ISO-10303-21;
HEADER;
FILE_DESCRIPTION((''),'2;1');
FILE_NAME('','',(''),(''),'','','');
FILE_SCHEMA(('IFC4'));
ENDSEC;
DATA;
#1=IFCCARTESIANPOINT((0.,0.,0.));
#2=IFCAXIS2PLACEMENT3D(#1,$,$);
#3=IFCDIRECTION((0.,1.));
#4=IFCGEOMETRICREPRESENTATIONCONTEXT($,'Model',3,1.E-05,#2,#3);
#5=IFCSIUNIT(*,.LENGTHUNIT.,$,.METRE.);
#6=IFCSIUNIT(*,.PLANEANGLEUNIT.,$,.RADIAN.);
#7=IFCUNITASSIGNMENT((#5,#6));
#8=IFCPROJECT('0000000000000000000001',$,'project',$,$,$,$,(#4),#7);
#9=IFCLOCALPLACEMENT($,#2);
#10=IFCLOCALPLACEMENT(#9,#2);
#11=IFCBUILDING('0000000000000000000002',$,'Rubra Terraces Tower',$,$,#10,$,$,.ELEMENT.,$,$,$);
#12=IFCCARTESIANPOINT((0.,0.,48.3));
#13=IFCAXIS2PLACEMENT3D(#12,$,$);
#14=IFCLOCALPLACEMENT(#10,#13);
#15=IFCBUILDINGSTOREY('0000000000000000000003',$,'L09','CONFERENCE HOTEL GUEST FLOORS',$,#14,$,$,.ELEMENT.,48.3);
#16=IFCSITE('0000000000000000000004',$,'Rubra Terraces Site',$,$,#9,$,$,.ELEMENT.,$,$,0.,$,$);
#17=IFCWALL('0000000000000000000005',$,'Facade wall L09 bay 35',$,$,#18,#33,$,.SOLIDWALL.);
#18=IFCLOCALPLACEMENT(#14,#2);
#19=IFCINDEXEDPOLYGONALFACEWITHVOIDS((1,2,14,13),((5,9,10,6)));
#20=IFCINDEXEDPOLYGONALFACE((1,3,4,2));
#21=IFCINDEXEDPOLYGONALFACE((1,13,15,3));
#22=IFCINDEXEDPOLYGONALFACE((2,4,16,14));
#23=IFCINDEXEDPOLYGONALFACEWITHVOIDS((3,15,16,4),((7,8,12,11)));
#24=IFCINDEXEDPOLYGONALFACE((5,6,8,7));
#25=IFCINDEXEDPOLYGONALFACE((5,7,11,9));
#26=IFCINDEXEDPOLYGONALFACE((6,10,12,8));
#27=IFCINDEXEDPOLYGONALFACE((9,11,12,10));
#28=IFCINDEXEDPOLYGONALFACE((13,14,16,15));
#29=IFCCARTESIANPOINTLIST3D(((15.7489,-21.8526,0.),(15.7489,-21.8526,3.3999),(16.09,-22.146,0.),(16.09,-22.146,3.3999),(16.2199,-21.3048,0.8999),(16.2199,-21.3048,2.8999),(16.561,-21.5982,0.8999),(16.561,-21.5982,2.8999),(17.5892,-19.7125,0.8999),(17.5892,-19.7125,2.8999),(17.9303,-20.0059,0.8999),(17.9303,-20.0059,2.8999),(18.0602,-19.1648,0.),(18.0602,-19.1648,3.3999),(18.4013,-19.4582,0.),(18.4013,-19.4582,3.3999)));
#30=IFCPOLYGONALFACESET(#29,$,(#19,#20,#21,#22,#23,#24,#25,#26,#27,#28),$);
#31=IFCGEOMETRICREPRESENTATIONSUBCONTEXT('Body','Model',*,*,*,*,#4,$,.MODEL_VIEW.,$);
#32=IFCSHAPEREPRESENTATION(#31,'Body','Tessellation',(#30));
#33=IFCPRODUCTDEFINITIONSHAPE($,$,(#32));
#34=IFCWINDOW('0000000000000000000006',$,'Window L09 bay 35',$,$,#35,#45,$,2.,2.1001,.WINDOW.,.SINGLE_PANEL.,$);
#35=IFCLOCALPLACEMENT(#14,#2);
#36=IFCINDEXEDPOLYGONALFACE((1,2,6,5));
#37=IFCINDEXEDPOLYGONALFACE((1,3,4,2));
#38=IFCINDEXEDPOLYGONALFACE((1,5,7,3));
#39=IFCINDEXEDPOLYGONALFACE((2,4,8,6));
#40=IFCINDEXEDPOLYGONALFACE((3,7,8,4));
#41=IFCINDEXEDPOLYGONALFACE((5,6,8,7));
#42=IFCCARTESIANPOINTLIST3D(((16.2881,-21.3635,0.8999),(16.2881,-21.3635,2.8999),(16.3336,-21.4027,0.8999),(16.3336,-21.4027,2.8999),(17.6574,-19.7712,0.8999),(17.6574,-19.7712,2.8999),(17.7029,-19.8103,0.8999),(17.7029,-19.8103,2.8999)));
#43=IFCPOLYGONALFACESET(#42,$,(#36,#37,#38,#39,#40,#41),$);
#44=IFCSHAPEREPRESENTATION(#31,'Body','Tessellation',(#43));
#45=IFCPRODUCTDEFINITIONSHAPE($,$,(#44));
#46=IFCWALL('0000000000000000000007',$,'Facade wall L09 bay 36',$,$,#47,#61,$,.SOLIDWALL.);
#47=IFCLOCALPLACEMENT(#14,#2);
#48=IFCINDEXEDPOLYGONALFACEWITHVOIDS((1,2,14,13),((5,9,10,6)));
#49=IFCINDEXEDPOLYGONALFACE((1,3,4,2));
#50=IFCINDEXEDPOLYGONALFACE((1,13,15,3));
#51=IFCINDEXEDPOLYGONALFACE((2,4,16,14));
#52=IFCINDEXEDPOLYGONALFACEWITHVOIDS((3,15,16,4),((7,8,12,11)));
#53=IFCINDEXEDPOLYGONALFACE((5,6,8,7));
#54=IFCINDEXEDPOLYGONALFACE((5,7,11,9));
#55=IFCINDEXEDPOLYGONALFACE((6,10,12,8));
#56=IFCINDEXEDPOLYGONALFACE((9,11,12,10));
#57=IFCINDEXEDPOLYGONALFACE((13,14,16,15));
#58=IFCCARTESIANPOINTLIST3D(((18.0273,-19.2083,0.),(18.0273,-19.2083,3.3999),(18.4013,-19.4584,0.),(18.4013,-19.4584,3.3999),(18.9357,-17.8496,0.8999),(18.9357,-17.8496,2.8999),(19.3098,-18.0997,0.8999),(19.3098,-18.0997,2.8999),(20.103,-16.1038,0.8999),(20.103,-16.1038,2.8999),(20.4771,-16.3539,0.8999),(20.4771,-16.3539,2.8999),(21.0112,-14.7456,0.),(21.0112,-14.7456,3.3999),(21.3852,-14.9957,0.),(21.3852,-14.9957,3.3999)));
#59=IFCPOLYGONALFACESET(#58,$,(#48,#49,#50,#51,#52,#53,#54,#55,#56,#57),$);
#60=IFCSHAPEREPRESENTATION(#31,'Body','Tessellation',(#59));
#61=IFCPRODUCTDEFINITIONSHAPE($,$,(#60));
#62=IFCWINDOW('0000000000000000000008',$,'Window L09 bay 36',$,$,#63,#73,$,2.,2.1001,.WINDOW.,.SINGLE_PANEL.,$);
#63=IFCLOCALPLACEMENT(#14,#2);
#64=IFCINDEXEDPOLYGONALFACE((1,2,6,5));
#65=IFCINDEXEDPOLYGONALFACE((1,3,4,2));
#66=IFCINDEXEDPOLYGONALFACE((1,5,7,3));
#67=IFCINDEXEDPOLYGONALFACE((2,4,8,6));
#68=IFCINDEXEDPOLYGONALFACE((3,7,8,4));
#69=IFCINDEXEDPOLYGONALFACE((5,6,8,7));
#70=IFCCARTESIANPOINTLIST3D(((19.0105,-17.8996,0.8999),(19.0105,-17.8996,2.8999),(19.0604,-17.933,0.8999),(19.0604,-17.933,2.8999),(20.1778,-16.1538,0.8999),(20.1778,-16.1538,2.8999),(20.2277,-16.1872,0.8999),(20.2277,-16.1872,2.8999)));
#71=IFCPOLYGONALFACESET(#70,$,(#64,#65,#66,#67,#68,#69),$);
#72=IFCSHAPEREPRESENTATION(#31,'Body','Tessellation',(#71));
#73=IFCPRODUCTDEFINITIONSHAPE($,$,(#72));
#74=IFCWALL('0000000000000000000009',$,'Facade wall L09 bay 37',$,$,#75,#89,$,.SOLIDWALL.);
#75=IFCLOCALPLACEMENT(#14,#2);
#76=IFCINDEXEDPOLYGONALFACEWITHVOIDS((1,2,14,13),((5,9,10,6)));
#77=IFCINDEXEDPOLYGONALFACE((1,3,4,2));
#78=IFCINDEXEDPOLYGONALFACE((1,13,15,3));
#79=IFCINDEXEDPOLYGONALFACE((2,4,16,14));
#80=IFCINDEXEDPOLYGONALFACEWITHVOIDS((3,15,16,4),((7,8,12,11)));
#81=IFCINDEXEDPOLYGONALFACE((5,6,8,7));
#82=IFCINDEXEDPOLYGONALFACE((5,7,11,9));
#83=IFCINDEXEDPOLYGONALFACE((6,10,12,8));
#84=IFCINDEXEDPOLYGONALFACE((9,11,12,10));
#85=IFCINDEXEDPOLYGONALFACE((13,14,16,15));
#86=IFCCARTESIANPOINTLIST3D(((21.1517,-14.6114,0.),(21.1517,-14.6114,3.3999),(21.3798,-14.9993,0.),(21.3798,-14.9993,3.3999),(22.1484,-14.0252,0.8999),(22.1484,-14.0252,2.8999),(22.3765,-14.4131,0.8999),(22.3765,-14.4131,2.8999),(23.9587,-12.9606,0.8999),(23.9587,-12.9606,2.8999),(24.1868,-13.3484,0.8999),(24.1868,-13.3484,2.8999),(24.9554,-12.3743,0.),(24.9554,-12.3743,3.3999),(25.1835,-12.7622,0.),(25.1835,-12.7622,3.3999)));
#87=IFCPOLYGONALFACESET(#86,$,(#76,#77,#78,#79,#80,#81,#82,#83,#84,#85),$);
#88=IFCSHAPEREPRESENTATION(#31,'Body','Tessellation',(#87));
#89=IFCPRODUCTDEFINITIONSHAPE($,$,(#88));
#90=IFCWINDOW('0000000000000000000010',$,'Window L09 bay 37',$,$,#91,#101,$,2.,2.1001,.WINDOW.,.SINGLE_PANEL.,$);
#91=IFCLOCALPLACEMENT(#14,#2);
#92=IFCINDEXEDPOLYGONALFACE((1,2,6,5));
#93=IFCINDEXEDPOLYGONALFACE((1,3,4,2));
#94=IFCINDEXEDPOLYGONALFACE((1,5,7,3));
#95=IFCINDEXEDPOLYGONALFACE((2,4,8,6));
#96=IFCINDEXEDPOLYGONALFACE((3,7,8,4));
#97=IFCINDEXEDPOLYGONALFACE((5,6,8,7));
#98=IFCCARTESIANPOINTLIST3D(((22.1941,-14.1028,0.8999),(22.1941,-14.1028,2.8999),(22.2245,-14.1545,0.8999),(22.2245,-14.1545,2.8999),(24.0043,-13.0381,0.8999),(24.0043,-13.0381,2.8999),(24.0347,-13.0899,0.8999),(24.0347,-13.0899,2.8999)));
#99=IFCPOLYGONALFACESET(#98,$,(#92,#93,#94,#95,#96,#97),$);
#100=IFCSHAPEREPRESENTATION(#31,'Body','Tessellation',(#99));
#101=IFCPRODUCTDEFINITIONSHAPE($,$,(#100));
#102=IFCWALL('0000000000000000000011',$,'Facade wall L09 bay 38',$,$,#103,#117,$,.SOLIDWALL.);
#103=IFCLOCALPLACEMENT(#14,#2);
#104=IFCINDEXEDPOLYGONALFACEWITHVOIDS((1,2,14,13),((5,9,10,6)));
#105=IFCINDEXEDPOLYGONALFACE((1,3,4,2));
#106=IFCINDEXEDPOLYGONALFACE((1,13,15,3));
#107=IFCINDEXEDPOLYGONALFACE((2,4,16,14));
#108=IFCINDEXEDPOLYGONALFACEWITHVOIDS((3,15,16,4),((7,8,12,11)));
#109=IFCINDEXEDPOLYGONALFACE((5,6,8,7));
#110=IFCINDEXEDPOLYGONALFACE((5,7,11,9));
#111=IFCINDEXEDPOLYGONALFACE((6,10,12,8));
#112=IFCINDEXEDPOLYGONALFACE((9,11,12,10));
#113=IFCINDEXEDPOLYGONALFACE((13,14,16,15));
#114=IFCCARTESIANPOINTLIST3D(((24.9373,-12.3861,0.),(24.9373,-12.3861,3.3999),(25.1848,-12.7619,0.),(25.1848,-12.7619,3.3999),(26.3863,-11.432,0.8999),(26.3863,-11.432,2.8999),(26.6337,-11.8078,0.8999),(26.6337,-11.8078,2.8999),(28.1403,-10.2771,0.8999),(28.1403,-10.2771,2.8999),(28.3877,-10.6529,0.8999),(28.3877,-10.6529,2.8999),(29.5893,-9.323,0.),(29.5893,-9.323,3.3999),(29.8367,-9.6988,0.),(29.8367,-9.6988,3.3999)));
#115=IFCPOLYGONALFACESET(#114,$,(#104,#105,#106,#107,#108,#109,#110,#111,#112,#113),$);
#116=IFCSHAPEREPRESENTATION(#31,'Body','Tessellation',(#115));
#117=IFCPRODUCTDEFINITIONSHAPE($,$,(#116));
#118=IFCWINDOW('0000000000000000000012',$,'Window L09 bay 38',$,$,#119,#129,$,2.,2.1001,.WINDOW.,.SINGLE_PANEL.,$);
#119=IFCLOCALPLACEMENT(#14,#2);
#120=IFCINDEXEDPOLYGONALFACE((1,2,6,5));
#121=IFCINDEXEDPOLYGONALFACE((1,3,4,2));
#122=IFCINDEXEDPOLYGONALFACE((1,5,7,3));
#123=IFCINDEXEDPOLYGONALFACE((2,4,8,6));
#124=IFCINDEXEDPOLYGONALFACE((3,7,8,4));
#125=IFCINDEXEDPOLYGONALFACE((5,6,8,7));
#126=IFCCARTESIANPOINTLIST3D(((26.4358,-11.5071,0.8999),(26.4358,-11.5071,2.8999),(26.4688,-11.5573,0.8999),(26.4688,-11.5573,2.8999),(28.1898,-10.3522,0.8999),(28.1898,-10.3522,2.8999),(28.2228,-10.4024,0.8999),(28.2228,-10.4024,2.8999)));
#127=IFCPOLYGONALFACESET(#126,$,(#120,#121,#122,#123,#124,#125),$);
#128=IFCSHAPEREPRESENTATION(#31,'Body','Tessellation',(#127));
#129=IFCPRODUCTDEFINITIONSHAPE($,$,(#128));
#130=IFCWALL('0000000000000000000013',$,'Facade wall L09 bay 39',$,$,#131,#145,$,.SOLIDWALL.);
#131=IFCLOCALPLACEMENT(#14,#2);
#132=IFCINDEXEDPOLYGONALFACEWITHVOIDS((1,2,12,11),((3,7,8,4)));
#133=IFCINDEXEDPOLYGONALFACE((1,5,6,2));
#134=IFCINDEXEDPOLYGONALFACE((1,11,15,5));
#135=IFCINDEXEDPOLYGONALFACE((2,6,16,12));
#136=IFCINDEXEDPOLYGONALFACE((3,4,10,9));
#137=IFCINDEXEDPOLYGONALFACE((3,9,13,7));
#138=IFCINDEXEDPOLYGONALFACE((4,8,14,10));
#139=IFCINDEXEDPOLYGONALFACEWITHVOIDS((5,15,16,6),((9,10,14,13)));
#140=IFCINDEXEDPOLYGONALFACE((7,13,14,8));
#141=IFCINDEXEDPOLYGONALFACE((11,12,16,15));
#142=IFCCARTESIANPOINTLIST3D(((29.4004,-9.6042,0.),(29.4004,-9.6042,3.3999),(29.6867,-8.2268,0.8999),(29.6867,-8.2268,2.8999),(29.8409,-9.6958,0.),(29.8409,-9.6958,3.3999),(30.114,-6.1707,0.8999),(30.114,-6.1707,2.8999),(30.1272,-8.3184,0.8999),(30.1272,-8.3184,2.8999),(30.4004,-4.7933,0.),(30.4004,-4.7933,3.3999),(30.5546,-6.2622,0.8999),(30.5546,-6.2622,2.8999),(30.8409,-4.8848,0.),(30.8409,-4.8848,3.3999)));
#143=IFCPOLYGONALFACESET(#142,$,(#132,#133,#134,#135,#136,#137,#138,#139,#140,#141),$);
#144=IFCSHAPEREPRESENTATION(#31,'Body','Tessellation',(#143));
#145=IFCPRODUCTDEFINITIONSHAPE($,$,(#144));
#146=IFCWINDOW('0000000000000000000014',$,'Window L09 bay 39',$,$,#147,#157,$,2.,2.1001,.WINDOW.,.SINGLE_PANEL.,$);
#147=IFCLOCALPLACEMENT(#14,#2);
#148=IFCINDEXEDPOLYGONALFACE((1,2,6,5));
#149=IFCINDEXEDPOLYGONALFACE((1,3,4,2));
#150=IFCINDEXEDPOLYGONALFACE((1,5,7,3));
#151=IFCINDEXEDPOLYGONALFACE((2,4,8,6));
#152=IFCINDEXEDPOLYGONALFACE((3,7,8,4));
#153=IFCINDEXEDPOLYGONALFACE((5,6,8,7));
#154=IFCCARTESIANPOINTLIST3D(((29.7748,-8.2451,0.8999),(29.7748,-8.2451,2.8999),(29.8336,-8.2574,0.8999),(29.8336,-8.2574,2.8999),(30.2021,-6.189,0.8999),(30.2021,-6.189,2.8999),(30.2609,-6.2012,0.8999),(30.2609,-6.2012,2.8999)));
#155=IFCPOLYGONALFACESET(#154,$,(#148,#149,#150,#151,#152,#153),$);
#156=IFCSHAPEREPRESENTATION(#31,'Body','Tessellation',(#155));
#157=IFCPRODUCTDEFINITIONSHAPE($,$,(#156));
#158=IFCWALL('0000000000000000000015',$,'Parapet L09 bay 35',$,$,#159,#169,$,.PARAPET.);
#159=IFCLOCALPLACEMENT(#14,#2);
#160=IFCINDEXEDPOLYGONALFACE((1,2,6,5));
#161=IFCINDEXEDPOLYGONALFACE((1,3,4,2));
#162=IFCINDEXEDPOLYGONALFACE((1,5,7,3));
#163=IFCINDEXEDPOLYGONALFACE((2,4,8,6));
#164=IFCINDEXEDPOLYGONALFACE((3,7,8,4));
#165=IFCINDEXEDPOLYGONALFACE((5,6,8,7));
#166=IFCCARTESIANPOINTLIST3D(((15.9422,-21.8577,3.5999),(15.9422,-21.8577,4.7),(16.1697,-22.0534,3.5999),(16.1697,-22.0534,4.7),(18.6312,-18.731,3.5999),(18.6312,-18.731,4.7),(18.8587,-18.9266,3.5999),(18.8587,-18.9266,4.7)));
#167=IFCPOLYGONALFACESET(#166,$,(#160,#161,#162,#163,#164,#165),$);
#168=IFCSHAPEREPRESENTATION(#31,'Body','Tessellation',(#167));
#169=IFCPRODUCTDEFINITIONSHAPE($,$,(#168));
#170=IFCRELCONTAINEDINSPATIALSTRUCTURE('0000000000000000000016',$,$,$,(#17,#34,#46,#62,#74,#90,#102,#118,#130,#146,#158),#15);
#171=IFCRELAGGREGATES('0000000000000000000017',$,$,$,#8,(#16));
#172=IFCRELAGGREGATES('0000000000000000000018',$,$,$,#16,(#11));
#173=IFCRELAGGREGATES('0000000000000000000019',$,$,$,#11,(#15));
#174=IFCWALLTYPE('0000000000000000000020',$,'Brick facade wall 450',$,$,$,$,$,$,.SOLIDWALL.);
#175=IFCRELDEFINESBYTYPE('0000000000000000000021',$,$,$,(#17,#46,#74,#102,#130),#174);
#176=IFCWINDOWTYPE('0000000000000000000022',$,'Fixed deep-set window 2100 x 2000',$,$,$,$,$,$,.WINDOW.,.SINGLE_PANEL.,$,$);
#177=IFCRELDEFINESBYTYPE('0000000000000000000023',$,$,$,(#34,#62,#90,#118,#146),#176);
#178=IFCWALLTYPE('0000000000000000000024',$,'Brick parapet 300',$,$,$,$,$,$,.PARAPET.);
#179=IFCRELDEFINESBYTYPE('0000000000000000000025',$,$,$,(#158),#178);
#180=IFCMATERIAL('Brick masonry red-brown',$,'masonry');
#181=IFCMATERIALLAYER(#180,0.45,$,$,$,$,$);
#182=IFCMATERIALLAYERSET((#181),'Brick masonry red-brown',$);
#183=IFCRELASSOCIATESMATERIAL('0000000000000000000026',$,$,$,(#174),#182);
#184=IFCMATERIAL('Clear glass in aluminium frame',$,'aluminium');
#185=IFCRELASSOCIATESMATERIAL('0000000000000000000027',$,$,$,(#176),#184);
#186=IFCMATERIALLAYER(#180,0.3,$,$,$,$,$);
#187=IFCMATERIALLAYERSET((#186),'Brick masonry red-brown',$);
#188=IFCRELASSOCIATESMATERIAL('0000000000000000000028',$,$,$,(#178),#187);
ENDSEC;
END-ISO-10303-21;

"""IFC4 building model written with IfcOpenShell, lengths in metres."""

from ifc_helpers import new_model, si_unit, direction, frame, frame_2d, origin, place, context, subcontext, project, spatial, rectangle, extrude, material, layer, layer_set, type_object, element, fill, save


model = new_model("IFC4")

# Units and contexts
model_context = context("Model", 3, precision=1e-05, world=origin(), true_north=direction((0.0, 1.0)))
body_context = subcontext(model_context, "Body", "Model", "MODEL_VIEW")
ifc_project = project(units=[si_unit("LENGTHUNIT", "METRE"), si_unit("PLANEANGLEUNIT", "RADIAN")], contexts=[model_context])

# Site, building, storey
site_placement = place(None, origin())
site = spatial("IfcSite", under=ifc_project, at=site_placement, Name="Rubra Terraces Site", CompositionType="ELEMENT", RefElevation=0.0)
building_placement = place(site_placement, origin())
building = spatial("IfcBuilding", under=site, at=building_placement, Name="Rubra Terraces Tower", CompositionType="ELEMENT")
storey_placement = place(building_placement, frame((0.0, 0.0, 48.3)))
storey = spatial("IfcBuildingStorey", under=building, at=storey_placement, Name="L09", Description="CONFERENCE HOTEL GUEST FLOORS", CompositionType="ELEMENT", Elevation=48.3)

# Shared definitions
ifc_material_1 = material(Name="Brick masonry red-brown", Category="masonry")

# Walls, openings, windows
ifc_layer_1 = layer(ifc_material_1, 0.45)
ifc_layer_set_1 = layer_set([ifc_layer_1], Name="Brick masonry red-brown")
wall_type_1 = type_object("IfcWallType", Name="Brick facade wall 450", PredefinedType="SOLIDWALL", material=ifc_layer_set_1)
wall_1_placement = place(storey_placement, frame((15.9194, -21.9993, 0.0), z_axis=(0.0, 0.0, 1.0), x_axis=(0.65201, 0.75821, 0.0)))
wall_1 = element("IfcWall", 1, at=wall_1_placement, inside=storey, type_object=wall_type_1, Name="Facade wall L09 bay 35", PredefinedType="SOLIDWALL", context=body_context, shape_type="SweptSolid", body=[
    extrude(rectangle(XDim=3.5449, YDim=0.45, at=frame_2d((1.7725, 0.0))), origin(), (0.0, 0.0, 1.0), 3.3999),
])
opening_1_placement = place(wall_1_placement, frame((0.7224, 0.0, 0.8999)))
opening_1 = element("IfcOpeningElement", 2, at=opening_1_placement, cuts=wall_1, PredefinedType="OPENING", context=body_context, shape_type="SweptSolid", body=[
    extrude(rectangle(XDim=2.1001, YDim=2.0, at=frame_2d((1.05, 1.0))), frame((0.0, 0.2349, 0.0), z_axis=(0.0, -1.0, 0.0), x_axis=(1.0, 0.0, 0.0)), (0.0, 0.0, 1.0), 0.47),
])
ifc_material_2 = material(Name="Clear glass in aluminium frame", Category="aluminium")
window_type = type_object("IfcWindowType", Name="Fixed deep-set window 2100 x 2000", PartitioningType="SINGLE_PANEL", PredefinedType="WINDOW", material=ifc_material_2)
window_1_placement = place(opening_1_placement, origin())
window_1 = element("IfcWindow", 3, at=window_1_placement, inside=storey, type_object=window_type, Name="Window L09 bay 35", OverallHeight=2.0, OverallWidth=2.1001, PartitioningType="SINGLE_PANEL", PredefinedType="WINDOW", context=body_context, shape_type="SweptSolid", body=[
    extrude(rectangle(XDim=2.1001, YDim=2.0, at=frame_2d((1.05, 1.0))), frame((0.0, 0.135, 0.0), z_axis=(0.0, -1.0, 0.0), x_axis=(1.0, 0.0, 0.0)), (0.0, 0.0, 1.0), 0.0601),
])
fill(opening_1, window_1)
wall_2_placement = place(storey_placement, frame((18.2144, -19.3333, 0.0), z_axis=(0.0, 0.0, 1.0), x_axis=(0.555833, 0.831294, 0.0)))
wall_2 = element("IfcWall", 4, at=wall_2_placement, inside=storey, type_object=wall_type_1, Name="Facade wall L09 bay 36", PredefinedType="SOLIDWALL", context=body_context, shape_type="SweptSolid", body=[
    extrude(rectangle(XDim=5.3684, YDim=0.45, at=frame_2d((2.6841, 0.0))), origin(), (0.0, 0.0, 1.0), 3.3999),
])
opening_2_placement = place(wall_2_placement, frame((1.6343, 0.0, 0.8999)))
opening_2 = element("IfcOpeningElement", 5, at=opening_2_placement, cuts=wall_2, PredefinedType="OPENING", context=body_context, shape_type="SweptSolid", body=[
    extrude(rectangle(XDim=2.1001, YDim=2.0, at=frame_2d((1.05, 1.0))), frame((0.0, 0.2349, 0.0), z_axis=(0.0, -1.0, 0.0), x_axis=(1.0, 0.0, 0.0)), (0.0, 0.0, 1.0), 0.47),
])
window_2_placement = place(opening_2_placement, origin())
window_2 = element("IfcWindow", 6, at=window_2_placement, inside=storey, type_object=window_type, Name="Window L09 bay 36", OverallHeight=2.0, OverallWidth=2.1001, PartitioningType="SINGLE_PANEL", PredefinedType="WINDOW", context=body_context, shape_type="SweptSolid", body=[
    extrude(rectangle(XDim=2.1001, YDim=2.0, at=frame_2d((1.05, 1.0))), frame((0.0, 0.135, 0.0), z_axis=(0.0, -1.0, 0.0), x_axis=(1.0, 0.0, 0.0)), (0.0, 0.0, 1.0), 0.0601),
])
fill(opening_2, window_2)
wall_3_placement = place(storey_placement, frame((21.2656, -14.8054, 0.0), z_axis=(0.0, 0.0, 1.0), x_axis=(0.861975, 0.50695, 0.0)))
wall_3 = element("IfcWall", 7, at=wall_3_placement, inside=storey, type_object=wall_type_1, Name="Facade wall L09 bay 37", PredefinedType="SOLIDWALL", context=body_context, shape_type="SweptSolid", body=[
    extrude(rectangle(XDim=4.4128, YDim=0.45, at=frame_2d((2.2065, 0.0))), origin(), (0.0, 0.0, 1.0), 3.3999),
])
opening_3_placement = place(wall_3_placement, frame((1.1565, 0.0, 0.8999)))
opening_3 = element("IfcOpeningElement", 8, at=opening_3_placement, cuts=wall_3, PredefinedType="OPENING", context=body_context, shape_type="SweptSolid", body=[
    extrude(rectangle(XDim=2.1001, YDim=2.0, at=frame_2d((1.05, 1.0))), frame((0.0, 0.2349, 0.0), z_axis=(0.0, -1.0, 0.0), x_axis=(1.0, 0.0, 0.0)), (0.0, 0.0, 1.0), 0.47),
])
window_3_placement = place(opening_3_placement, origin())
window_3 = element("IfcWindow", 9, at=window_3_placement, inside=storey, type_object=window_type, Name="Window L09 bay 37", OverallHeight=2.0, OverallWidth=2.1001, PartitioningType="SINGLE_PANEL", PredefinedType="WINDOW", context=body_context, shape_type="SweptSolid", body=[
    extrude(rectangle(XDim=2.1001, YDim=2.0, at=frame_2d((1.05, 1.0))), frame((0.0, 0.135, 0.0), z_axis=(0.0, -1.0, 0.0), x_axis=(1.0, 0.0, 0.0)), (0.0, 0.0, 1.0), 0.0601),
])
fill(opening_3, window_3)
wall_4_placement = place(storey_placement, frame((25.061, -12.574, 0.0), z_axis=(0.0, 0.0, 1.0), x_axis=(0.835206, 0.549937, 0.0)))
wall_4 = element("IfcWall", 10, at=wall_4_placement, inside=storey, type_object=wall_type_1, Name="Facade wall L09 bay 38", PredefinedType="SOLIDWALL", context=body_context, shape_type="SweptSolid", body=[
    extrude(rectangle(XDim=5.5698, YDim=0.45, at=frame_2d((2.7849, 0.0))), origin(), (0.0, 0.0, 1.0), 3.3999),
])
opening_4_placement = place(wall_4_placement, frame((1.7349, 0.0, 0.8999)))
opening_4 = element("IfcOpeningElement", 11, at=opening_4_placement, cuts=wall_4, PredefinedType="OPENING", context=body_context, shape_type="SweptSolid", body=[
    extrude(rectangle(XDim=2.1001, YDim=2.0, at=frame_2d((1.05, 1.0))), frame((0.0, 0.2349, 0.0), z_axis=(0.0, -1.0, 0.0), x_axis=(1.0, 0.0, 0.0)), (0.0, 0.0, 1.0), 0.47),
])
window_4_placement = place(opening_4_placement, origin())
window_4 = element("IfcWindow", 12, at=window_4_placement, inside=storey, type_object=window_type, Name="Window L09 bay 38", OverallHeight=2.0, OverallWidth=2.1001, PartitioningType="SINGLE_PANEL", PredefinedType="WINDOW", context=body_context, shape_type="SweptSolid", body=[
    extrude(rectangle(XDim=2.1001, YDim=2.0, at=frame_2d((1.05, 1.0))), frame((0.0, 0.135, 0.0), z_axis=(0.0, -1.0, 0.0), x_axis=(1.0, 0.0, 0.0)), (0.0, 0.0, 1.0), 0.0601),
])
fill(opening_4, window_4)
wall_5_placement = place(storey_placement, frame((29.6206, -9.6501, 0.0), z_axis=(0.0, 0.0, 1.0), x_axis=(0.203506, 0.979074, 0.0)))
wall_5 = element("IfcWall", 13, at=wall_5_placement, inside=storey, type_object=wall_type_1, Name="Facade wall L09 bay 39", PredefinedType="SOLIDWALL", context=body_context, shape_type="SweptSolid", body=[
    extrude(rectangle(XDim=4.9138, YDim=0.45, at=frame_2d((2.457, 0.0))), origin(), (0.0, 0.0, 1.0), 3.3999),
])
opening_5_placement = place(wall_5_placement, frame((1.407, 0.0, 0.8999)))
opening_5 = element("IfcOpeningElement", 14, at=opening_5_placement, cuts=wall_5, PredefinedType="OPENING", context=body_context, shape_type="SweptSolid", body=[
    extrude(rectangle(XDim=2.1001, YDim=2.0, at=frame_2d((1.05, 1.0))), frame((0.0, 0.2349, 0.0), z_axis=(0.0, -1.0, 0.0), x_axis=(1.0, 0.0, 0.0)), (0.0, 0.0, 1.0), 0.47),
])
window_5_placement = place(opening_5_placement, origin())
window_5 = element("IfcWindow", 15, at=window_5_placement, inside=storey, type_object=window_type, Name="Window L09 bay 39", OverallHeight=2.0, OverallWidth=2.1001, PartitioningType="SINGLE_PANEL", PredefinedType="WINDOW", context=body_context, shape_type="SweptSolid", body=[
    extrude(rectangle(XDim=2.1001, YDim=2.0, at=frame_2d((1.05, 1.0))), frame((0.0, 0.135, 0.0), z_axis=(0.0, -1.0, 0.0), x_axis=(1.0, 0.0, 0.0)), (0.0, 0.0, 1.0), 0.0601),
])
fill(opening_5, window_5)

# Wall
ifc_layer_2 = layer(ifc_material_1, 0.3)
ifc_layer_set_2 = layer_set([ifc_layer_2], Name="Brick masonry red-brown")
wall_type_2 = type_object("IfcWallType", Name="Brick parapet 300", PredefinedType="PARAPET", material=ifc_layer_set_2)
wall_6_placement = place(storey_placement, frame((16.0559, -21.9556, 3.5999), z_axis=(0.0, 0.0, 1.0), x_axis=(0.652039, 0.758186, 0.0)))
element("IfcWall", 16, at=wall_6_placement, inside=storey, type_object=wall_type_2, Name="Parapet L09 bay 35", PredefinedType="PARAPET", context=body_context, shape_type="SweptSolid", body=[
    extrude(rectangle(XDim=4.124, YDim=0.3, at=frame_2d((2.062, 0.0))), origin(), (0.0, 0.0, 1.0), 1.1001),
])

save(model, "model.ifc")
